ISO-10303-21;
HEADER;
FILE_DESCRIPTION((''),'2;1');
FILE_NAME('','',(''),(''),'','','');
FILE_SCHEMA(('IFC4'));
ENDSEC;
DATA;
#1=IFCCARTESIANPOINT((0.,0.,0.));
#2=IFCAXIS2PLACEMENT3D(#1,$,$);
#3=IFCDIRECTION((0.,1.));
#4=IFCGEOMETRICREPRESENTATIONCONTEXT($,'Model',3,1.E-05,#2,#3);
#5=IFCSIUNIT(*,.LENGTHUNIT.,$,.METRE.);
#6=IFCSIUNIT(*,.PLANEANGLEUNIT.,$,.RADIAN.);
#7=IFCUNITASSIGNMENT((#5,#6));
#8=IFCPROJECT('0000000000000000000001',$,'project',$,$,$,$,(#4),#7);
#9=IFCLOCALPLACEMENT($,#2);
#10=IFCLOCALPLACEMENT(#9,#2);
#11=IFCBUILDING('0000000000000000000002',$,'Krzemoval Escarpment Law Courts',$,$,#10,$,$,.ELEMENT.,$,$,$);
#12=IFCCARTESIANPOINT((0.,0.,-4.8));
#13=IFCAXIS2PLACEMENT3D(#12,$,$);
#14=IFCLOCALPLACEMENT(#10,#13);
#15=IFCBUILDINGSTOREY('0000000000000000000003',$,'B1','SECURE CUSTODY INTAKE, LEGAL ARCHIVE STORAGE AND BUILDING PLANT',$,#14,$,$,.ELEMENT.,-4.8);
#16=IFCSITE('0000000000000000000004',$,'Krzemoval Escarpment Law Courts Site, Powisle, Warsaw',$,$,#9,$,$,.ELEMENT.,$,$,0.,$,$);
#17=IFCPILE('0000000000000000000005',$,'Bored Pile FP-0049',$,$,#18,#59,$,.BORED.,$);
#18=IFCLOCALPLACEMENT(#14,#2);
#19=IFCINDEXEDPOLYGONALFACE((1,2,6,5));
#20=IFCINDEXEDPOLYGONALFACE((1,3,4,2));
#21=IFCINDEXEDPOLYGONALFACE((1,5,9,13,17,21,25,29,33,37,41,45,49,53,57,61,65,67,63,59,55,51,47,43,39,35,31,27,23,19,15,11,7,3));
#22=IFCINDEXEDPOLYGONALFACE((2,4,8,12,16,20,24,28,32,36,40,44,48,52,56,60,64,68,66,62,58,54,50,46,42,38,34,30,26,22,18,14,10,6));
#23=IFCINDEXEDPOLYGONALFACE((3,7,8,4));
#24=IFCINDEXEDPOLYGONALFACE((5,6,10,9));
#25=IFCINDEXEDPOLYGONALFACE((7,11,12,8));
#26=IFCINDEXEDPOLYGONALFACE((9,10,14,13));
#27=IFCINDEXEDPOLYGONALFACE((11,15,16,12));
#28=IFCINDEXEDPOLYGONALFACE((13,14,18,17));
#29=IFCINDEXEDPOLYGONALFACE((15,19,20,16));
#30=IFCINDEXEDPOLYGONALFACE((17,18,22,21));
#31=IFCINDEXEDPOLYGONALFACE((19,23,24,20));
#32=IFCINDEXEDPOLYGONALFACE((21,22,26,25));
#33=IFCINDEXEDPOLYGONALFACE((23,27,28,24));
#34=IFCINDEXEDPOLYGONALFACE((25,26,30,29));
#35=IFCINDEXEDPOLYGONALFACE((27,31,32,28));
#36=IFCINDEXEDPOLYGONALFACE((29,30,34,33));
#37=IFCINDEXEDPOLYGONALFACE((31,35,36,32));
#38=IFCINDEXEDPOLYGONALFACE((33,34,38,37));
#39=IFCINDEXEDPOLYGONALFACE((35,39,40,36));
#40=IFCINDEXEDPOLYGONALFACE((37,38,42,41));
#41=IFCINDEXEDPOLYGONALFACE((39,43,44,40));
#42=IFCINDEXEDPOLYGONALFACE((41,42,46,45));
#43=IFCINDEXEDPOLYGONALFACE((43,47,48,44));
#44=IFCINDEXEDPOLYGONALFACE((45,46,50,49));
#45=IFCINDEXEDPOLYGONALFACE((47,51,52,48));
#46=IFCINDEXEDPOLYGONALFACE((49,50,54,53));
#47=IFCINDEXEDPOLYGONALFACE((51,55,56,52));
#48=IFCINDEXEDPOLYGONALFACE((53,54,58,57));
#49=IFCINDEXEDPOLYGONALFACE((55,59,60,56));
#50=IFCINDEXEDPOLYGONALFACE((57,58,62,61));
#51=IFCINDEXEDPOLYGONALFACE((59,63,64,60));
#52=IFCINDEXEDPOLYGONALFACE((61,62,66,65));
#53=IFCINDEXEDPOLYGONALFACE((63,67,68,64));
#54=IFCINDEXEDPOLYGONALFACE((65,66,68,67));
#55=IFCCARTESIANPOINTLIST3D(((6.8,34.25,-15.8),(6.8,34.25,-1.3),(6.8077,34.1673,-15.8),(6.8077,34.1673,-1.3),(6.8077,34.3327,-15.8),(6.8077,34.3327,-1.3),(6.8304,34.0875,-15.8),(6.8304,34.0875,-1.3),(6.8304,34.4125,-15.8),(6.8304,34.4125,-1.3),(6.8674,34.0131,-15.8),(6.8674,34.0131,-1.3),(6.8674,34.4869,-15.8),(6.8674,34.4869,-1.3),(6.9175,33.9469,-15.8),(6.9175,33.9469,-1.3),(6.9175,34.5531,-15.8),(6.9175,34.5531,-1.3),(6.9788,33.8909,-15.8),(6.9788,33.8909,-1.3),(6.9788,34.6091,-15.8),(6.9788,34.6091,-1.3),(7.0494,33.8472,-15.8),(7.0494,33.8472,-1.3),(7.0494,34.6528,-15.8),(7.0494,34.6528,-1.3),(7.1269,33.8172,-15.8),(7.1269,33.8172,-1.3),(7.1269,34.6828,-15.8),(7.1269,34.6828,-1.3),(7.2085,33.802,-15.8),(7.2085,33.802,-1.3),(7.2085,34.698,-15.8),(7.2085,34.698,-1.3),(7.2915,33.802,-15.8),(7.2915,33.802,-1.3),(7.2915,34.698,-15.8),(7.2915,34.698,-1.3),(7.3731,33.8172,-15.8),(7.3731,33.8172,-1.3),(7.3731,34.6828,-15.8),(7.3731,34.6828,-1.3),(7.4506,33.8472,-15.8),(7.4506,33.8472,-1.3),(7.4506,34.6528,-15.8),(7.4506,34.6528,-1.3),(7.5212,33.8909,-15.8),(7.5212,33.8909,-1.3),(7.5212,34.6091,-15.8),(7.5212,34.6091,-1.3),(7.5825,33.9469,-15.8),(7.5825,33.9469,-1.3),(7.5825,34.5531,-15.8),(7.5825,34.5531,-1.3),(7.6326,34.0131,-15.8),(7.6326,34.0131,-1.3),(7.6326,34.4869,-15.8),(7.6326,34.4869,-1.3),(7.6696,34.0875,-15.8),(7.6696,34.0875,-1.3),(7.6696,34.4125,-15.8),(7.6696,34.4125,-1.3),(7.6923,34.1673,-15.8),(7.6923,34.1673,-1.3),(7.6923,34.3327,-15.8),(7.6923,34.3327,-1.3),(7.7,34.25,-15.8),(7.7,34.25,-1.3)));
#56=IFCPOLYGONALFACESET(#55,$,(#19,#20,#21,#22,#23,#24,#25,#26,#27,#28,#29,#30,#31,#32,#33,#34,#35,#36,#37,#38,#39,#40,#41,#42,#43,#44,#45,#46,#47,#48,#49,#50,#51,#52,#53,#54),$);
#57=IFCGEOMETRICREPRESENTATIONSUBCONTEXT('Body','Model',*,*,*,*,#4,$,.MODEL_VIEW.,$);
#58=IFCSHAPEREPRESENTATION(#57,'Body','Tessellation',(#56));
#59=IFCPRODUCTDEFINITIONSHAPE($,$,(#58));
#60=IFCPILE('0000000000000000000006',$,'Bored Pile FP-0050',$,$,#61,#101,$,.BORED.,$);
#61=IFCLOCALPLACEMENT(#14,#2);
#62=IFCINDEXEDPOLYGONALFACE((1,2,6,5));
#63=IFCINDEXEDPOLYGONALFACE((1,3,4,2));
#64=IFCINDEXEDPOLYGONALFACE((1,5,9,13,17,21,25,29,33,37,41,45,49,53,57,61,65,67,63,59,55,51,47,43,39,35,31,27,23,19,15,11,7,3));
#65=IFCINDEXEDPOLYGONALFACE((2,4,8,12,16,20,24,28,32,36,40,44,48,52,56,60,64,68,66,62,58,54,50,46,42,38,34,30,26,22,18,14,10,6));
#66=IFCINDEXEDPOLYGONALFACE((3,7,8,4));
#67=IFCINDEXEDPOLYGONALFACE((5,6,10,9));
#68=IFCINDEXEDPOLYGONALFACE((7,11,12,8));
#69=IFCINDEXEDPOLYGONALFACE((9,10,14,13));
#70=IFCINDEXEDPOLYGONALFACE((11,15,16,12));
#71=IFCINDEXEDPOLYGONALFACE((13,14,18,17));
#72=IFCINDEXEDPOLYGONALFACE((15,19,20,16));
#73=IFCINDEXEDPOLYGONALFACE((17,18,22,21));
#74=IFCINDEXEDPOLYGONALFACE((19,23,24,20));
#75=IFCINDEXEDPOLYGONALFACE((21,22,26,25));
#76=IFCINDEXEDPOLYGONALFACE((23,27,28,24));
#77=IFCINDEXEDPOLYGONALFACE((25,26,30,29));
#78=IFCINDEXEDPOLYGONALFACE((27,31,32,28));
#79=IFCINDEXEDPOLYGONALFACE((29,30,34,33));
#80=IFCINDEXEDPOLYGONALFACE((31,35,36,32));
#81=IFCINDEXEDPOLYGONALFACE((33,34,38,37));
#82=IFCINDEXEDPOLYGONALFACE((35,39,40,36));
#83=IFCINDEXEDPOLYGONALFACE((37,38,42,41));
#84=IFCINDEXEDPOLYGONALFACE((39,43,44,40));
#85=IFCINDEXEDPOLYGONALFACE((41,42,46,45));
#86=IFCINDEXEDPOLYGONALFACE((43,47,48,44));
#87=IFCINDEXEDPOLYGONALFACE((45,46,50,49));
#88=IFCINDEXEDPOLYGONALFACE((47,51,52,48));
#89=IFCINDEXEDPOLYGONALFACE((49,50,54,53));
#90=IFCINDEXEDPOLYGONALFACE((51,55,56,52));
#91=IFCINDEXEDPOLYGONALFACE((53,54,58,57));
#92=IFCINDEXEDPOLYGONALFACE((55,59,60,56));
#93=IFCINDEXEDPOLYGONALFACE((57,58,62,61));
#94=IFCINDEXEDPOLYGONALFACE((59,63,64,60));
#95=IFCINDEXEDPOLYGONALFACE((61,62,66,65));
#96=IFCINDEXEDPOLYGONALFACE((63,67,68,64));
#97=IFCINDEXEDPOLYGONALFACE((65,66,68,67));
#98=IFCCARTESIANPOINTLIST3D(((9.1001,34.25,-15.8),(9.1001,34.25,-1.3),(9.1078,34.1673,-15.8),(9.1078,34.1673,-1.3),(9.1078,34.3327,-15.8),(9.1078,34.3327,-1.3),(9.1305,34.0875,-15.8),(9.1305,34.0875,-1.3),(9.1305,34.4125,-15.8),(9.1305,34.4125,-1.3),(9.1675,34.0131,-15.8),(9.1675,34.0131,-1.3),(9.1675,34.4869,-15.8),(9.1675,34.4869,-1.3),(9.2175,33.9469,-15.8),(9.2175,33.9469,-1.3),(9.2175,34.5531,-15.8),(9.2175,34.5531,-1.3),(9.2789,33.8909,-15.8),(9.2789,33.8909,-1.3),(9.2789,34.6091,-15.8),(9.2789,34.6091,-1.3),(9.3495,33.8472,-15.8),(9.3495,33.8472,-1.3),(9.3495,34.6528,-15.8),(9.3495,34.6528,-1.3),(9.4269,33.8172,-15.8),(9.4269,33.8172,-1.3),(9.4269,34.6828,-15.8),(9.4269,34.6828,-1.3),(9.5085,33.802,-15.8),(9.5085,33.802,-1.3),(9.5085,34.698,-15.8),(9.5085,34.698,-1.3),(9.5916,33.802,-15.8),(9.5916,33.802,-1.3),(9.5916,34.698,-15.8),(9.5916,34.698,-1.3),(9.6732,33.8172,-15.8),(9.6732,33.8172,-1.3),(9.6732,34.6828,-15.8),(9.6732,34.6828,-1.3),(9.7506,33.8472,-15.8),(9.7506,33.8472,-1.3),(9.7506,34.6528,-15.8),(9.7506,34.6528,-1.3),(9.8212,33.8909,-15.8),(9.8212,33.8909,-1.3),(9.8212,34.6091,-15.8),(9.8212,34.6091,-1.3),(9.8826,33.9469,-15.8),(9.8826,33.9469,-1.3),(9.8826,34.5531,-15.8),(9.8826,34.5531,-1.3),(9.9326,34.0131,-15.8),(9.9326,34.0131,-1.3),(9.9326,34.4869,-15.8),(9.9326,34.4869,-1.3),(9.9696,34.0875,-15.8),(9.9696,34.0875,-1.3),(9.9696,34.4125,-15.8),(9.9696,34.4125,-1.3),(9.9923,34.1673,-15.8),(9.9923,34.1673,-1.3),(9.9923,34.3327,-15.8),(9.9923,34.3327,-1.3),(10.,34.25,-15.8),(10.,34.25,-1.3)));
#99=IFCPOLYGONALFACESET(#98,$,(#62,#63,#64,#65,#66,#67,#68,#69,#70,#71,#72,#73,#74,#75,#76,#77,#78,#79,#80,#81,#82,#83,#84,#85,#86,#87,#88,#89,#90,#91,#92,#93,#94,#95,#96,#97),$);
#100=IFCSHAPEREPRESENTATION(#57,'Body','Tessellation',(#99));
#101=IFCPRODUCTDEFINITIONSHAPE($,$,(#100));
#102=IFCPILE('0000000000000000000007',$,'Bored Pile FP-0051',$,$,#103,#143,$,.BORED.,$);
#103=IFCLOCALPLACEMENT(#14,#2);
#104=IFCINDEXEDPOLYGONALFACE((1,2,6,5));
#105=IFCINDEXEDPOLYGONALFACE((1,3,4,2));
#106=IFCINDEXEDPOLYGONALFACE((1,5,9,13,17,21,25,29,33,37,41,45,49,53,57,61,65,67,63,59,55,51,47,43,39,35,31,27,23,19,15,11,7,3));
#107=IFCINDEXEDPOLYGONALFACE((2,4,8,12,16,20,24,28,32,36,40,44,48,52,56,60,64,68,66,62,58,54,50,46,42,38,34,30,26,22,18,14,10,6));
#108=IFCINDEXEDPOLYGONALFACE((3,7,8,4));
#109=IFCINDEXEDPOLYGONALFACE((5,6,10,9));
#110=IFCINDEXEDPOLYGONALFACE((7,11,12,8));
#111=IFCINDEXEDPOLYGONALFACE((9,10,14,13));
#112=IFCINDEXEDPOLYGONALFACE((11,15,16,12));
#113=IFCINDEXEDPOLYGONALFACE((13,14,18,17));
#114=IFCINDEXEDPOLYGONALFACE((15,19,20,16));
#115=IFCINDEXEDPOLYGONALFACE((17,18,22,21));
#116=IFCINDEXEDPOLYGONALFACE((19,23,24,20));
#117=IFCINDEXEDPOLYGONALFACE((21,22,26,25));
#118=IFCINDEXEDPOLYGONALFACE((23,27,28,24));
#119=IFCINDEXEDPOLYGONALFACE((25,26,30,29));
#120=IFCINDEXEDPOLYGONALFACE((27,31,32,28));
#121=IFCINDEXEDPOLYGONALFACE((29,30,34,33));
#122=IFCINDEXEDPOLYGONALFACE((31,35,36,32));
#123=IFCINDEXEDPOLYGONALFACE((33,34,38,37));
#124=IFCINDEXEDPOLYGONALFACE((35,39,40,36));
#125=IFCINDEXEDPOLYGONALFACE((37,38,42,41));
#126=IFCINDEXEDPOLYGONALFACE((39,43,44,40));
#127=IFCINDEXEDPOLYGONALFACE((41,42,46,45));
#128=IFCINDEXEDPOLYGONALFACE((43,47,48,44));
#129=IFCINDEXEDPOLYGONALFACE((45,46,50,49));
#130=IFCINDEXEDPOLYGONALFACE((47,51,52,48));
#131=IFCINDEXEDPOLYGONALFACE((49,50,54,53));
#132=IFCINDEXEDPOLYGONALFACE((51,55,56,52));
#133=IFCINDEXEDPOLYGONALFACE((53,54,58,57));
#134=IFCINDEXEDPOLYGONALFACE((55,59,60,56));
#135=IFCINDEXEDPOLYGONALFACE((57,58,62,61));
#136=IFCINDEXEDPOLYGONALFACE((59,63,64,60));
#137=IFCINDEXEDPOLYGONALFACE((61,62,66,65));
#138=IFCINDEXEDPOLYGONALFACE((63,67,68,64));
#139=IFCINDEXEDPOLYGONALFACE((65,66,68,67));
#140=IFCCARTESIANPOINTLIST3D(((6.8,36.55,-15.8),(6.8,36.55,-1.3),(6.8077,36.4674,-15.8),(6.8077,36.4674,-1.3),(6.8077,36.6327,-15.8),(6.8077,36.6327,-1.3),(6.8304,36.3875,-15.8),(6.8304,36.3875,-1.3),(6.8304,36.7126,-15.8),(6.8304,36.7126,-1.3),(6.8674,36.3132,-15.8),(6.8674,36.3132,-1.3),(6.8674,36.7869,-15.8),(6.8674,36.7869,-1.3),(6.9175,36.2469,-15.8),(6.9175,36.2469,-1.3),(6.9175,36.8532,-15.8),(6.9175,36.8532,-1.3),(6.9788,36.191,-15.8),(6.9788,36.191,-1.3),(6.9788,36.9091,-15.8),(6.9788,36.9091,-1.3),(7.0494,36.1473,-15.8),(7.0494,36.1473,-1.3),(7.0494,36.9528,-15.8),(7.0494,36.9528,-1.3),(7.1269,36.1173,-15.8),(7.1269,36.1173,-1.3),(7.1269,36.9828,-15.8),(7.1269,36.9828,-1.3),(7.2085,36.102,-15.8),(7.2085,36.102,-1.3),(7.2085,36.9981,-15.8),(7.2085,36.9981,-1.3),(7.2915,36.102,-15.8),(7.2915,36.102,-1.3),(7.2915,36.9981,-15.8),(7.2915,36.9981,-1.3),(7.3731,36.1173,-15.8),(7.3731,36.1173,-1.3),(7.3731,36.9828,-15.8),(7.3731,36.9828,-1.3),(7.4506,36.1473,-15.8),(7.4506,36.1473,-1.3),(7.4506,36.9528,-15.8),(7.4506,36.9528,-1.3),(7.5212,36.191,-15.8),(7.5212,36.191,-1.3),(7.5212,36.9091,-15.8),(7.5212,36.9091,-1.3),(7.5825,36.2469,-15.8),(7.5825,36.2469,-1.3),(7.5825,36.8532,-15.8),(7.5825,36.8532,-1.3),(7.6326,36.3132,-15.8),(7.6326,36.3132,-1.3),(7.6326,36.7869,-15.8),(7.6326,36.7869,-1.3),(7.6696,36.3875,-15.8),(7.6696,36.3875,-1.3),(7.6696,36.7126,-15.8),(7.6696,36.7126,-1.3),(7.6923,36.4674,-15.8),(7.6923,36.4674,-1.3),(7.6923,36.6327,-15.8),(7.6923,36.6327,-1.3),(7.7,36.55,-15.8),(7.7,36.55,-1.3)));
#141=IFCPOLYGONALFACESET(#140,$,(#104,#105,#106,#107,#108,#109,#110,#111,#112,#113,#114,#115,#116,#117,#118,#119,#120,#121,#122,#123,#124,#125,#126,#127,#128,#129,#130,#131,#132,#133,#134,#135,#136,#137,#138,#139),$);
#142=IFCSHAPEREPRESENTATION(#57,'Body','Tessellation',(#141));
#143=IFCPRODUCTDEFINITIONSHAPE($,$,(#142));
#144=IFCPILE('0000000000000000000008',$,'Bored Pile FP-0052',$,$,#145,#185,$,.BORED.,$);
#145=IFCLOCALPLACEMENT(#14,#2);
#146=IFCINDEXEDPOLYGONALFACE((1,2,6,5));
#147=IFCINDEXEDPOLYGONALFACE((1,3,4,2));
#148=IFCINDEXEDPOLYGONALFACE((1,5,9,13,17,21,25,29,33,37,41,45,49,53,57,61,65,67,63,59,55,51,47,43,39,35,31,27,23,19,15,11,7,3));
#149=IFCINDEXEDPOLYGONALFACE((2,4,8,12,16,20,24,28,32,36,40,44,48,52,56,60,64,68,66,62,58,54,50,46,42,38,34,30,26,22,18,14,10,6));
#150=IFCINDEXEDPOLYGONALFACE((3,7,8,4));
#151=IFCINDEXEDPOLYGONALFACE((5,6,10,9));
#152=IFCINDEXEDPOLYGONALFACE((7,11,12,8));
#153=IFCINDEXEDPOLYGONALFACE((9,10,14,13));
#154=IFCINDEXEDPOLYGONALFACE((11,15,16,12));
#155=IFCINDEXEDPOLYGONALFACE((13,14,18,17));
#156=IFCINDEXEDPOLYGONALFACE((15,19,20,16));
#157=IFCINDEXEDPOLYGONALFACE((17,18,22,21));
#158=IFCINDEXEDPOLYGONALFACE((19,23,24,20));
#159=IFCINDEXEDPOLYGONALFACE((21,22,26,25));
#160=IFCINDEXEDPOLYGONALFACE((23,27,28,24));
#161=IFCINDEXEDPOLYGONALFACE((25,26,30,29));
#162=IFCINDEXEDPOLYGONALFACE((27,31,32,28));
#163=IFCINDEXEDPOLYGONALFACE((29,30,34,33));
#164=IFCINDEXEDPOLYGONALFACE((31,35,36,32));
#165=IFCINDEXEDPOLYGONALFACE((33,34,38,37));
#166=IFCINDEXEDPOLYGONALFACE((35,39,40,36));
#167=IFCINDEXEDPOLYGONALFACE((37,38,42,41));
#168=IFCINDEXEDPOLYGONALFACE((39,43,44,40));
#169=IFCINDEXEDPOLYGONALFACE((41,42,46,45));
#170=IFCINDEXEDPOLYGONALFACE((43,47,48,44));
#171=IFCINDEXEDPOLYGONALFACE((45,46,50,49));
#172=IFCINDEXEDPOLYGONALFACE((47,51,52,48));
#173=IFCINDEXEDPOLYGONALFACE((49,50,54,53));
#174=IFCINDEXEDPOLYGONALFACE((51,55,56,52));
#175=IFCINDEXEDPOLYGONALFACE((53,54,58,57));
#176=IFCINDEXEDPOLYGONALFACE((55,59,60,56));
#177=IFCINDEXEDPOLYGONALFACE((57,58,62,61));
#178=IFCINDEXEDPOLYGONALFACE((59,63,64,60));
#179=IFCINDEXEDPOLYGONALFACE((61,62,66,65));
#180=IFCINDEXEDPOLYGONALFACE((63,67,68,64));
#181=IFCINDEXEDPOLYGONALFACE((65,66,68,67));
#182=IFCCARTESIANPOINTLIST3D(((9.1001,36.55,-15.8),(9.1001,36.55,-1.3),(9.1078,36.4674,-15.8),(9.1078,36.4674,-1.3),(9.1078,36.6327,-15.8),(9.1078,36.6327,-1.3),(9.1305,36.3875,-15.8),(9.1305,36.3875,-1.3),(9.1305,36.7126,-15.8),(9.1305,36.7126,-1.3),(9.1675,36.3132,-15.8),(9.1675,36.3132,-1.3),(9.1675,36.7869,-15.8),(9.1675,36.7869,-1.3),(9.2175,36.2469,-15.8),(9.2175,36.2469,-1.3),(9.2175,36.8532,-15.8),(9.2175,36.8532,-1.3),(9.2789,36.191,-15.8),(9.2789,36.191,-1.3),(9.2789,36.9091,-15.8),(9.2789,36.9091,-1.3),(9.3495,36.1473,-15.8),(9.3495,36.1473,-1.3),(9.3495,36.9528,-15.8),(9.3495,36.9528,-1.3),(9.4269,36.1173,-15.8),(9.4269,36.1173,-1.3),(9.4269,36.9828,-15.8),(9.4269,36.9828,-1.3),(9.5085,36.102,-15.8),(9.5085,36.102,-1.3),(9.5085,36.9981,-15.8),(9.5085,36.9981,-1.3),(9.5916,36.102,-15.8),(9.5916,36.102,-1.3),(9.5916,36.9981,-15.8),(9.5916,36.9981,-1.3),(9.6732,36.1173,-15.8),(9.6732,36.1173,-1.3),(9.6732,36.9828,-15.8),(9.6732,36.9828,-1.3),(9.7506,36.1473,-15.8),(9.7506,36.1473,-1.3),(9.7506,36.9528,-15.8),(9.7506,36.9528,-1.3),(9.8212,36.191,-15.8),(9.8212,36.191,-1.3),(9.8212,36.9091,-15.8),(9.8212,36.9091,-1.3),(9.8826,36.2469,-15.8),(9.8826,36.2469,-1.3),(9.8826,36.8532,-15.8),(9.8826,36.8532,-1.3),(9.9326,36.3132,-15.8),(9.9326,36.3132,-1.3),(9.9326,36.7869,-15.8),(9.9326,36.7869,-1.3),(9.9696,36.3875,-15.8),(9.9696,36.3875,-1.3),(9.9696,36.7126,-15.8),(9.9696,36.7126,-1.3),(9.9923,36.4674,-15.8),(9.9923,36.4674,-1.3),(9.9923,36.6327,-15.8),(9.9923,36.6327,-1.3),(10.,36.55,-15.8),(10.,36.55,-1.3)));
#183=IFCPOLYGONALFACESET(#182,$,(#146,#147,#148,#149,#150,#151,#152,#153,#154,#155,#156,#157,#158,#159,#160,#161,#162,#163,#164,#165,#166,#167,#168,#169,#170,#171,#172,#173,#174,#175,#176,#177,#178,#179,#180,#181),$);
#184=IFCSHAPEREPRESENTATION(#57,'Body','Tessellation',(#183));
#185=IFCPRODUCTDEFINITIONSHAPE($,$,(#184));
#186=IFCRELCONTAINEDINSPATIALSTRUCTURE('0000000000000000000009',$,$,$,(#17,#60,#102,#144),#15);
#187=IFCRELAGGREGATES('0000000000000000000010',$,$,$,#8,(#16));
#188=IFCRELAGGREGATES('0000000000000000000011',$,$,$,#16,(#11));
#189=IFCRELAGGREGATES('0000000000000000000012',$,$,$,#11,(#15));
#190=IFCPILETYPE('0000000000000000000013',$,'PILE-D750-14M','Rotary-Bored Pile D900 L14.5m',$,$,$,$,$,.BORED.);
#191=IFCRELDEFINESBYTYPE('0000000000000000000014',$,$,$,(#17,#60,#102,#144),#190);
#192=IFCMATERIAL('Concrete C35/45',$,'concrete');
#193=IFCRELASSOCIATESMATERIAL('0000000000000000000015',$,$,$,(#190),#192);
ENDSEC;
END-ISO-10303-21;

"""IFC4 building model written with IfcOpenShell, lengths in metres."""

from ifc_helpers import new_model, si_unit, direction, frame, origin, origin_2d, place, context, subcontext, project, spatial, circle, extrude, material, material_profile, profile_set, type_object, element, save


model = new_model("IFC4")

# Units and contexts
model_context = context("Model", 3, precision=1e-05, world=origin(), true_north=direction((0.0, 1.0)))
body_context = subcontext(model_context, "Body", "Model", "MODEL_VIEW")
ifc_project = project(units=[si_unit("LENGTHUNIT", "METRE"), si_unit("PLANEANGLEUNIT", "RADIAN")], contexts=[model_context])

# Site, building, storey
site_placement = place(None, origin())
site = spatial("IfcSite", under=ifc_project, at=site_placement, Name="Krzemoval Escarpment Law Courts Site, Powisle, Warsaw", CompositionType="ELEMENT", RefElevation=0.0)
building_placement = place(site_placement, origin())
building = spatial("IfcBuilding", under=site, at=building_placement, Name="Krzemoval Escarpment Law Courts", CompositionType="ELEMENT")
storey_placement = place(building_placement, frame((0.0, 0.0, -4.8)))
storey = spatial("IfcBuildingStorey", under=building, at=storey_placement, Name="B1", Description="SECURE CUSTODY INTAKE, LEGAL ARCHIVE STORAGE AND BUILDING PLANT", CompositionType="ELEMENT", Elevation=-4.8)

# Piles
ifc_material_1 = material(Name="Concrete C35/45", Category="concrete")
ifc_material_profile_1 = material_profile(ifc_material_1, circle(Radius=0.45, at=origin_2d()), Name="PILE D900")
ifc_profile_set_1 = profile_set([ifc_material_profile_1], Name="Concrete C35/45")
pile_type_1 = type_object("IfcPileType", Name="PILE-D750-14M", Description="Rotary-Bored Pile D900 L14.5m", PredefinedType="BORED", material=ifc_profile_set_1)
for number, where, z_axis, x_axis, name in (
    (1, (7.25, 34.25, -1.3), (0.0, 0.0, -1.0), (1.0, 0.0, 0.0), "Bored Pile FP-0049"),
    (2, (9.55, 34.25, -1.3), (0.0, 0.0, -1.0), (1.0, 0.0, 0.0), "Bored Pile FP-0050"),
    (3, (7.25, 36.55, -1.3), (0.0, 0.0, -1.0), (1.0, 0.0, 0.0), "Bored Pile FP-0051"),
    (4, (9.55, 36.55, -1.3), (0.0, 0.0, -1.0), (1.0, 0.0, 0.0), "Bored Pile FP-0052"),
):
    element("IfcPile", number, at=place(storey_placement, frame(where, z_axis=z_axis, x_axis=x_axis)), inside=storey, type_object=pile_type_1, Name=name, PredefinedType="BORED", context=body_context, shape_type="SweptSolid", body=[
        extrude(circle(Radius=0.45, at=origin_2d()), origin(), (0.0, 0.0, 1.0), 14.5),
    ])

save(model, "model.ifc")
